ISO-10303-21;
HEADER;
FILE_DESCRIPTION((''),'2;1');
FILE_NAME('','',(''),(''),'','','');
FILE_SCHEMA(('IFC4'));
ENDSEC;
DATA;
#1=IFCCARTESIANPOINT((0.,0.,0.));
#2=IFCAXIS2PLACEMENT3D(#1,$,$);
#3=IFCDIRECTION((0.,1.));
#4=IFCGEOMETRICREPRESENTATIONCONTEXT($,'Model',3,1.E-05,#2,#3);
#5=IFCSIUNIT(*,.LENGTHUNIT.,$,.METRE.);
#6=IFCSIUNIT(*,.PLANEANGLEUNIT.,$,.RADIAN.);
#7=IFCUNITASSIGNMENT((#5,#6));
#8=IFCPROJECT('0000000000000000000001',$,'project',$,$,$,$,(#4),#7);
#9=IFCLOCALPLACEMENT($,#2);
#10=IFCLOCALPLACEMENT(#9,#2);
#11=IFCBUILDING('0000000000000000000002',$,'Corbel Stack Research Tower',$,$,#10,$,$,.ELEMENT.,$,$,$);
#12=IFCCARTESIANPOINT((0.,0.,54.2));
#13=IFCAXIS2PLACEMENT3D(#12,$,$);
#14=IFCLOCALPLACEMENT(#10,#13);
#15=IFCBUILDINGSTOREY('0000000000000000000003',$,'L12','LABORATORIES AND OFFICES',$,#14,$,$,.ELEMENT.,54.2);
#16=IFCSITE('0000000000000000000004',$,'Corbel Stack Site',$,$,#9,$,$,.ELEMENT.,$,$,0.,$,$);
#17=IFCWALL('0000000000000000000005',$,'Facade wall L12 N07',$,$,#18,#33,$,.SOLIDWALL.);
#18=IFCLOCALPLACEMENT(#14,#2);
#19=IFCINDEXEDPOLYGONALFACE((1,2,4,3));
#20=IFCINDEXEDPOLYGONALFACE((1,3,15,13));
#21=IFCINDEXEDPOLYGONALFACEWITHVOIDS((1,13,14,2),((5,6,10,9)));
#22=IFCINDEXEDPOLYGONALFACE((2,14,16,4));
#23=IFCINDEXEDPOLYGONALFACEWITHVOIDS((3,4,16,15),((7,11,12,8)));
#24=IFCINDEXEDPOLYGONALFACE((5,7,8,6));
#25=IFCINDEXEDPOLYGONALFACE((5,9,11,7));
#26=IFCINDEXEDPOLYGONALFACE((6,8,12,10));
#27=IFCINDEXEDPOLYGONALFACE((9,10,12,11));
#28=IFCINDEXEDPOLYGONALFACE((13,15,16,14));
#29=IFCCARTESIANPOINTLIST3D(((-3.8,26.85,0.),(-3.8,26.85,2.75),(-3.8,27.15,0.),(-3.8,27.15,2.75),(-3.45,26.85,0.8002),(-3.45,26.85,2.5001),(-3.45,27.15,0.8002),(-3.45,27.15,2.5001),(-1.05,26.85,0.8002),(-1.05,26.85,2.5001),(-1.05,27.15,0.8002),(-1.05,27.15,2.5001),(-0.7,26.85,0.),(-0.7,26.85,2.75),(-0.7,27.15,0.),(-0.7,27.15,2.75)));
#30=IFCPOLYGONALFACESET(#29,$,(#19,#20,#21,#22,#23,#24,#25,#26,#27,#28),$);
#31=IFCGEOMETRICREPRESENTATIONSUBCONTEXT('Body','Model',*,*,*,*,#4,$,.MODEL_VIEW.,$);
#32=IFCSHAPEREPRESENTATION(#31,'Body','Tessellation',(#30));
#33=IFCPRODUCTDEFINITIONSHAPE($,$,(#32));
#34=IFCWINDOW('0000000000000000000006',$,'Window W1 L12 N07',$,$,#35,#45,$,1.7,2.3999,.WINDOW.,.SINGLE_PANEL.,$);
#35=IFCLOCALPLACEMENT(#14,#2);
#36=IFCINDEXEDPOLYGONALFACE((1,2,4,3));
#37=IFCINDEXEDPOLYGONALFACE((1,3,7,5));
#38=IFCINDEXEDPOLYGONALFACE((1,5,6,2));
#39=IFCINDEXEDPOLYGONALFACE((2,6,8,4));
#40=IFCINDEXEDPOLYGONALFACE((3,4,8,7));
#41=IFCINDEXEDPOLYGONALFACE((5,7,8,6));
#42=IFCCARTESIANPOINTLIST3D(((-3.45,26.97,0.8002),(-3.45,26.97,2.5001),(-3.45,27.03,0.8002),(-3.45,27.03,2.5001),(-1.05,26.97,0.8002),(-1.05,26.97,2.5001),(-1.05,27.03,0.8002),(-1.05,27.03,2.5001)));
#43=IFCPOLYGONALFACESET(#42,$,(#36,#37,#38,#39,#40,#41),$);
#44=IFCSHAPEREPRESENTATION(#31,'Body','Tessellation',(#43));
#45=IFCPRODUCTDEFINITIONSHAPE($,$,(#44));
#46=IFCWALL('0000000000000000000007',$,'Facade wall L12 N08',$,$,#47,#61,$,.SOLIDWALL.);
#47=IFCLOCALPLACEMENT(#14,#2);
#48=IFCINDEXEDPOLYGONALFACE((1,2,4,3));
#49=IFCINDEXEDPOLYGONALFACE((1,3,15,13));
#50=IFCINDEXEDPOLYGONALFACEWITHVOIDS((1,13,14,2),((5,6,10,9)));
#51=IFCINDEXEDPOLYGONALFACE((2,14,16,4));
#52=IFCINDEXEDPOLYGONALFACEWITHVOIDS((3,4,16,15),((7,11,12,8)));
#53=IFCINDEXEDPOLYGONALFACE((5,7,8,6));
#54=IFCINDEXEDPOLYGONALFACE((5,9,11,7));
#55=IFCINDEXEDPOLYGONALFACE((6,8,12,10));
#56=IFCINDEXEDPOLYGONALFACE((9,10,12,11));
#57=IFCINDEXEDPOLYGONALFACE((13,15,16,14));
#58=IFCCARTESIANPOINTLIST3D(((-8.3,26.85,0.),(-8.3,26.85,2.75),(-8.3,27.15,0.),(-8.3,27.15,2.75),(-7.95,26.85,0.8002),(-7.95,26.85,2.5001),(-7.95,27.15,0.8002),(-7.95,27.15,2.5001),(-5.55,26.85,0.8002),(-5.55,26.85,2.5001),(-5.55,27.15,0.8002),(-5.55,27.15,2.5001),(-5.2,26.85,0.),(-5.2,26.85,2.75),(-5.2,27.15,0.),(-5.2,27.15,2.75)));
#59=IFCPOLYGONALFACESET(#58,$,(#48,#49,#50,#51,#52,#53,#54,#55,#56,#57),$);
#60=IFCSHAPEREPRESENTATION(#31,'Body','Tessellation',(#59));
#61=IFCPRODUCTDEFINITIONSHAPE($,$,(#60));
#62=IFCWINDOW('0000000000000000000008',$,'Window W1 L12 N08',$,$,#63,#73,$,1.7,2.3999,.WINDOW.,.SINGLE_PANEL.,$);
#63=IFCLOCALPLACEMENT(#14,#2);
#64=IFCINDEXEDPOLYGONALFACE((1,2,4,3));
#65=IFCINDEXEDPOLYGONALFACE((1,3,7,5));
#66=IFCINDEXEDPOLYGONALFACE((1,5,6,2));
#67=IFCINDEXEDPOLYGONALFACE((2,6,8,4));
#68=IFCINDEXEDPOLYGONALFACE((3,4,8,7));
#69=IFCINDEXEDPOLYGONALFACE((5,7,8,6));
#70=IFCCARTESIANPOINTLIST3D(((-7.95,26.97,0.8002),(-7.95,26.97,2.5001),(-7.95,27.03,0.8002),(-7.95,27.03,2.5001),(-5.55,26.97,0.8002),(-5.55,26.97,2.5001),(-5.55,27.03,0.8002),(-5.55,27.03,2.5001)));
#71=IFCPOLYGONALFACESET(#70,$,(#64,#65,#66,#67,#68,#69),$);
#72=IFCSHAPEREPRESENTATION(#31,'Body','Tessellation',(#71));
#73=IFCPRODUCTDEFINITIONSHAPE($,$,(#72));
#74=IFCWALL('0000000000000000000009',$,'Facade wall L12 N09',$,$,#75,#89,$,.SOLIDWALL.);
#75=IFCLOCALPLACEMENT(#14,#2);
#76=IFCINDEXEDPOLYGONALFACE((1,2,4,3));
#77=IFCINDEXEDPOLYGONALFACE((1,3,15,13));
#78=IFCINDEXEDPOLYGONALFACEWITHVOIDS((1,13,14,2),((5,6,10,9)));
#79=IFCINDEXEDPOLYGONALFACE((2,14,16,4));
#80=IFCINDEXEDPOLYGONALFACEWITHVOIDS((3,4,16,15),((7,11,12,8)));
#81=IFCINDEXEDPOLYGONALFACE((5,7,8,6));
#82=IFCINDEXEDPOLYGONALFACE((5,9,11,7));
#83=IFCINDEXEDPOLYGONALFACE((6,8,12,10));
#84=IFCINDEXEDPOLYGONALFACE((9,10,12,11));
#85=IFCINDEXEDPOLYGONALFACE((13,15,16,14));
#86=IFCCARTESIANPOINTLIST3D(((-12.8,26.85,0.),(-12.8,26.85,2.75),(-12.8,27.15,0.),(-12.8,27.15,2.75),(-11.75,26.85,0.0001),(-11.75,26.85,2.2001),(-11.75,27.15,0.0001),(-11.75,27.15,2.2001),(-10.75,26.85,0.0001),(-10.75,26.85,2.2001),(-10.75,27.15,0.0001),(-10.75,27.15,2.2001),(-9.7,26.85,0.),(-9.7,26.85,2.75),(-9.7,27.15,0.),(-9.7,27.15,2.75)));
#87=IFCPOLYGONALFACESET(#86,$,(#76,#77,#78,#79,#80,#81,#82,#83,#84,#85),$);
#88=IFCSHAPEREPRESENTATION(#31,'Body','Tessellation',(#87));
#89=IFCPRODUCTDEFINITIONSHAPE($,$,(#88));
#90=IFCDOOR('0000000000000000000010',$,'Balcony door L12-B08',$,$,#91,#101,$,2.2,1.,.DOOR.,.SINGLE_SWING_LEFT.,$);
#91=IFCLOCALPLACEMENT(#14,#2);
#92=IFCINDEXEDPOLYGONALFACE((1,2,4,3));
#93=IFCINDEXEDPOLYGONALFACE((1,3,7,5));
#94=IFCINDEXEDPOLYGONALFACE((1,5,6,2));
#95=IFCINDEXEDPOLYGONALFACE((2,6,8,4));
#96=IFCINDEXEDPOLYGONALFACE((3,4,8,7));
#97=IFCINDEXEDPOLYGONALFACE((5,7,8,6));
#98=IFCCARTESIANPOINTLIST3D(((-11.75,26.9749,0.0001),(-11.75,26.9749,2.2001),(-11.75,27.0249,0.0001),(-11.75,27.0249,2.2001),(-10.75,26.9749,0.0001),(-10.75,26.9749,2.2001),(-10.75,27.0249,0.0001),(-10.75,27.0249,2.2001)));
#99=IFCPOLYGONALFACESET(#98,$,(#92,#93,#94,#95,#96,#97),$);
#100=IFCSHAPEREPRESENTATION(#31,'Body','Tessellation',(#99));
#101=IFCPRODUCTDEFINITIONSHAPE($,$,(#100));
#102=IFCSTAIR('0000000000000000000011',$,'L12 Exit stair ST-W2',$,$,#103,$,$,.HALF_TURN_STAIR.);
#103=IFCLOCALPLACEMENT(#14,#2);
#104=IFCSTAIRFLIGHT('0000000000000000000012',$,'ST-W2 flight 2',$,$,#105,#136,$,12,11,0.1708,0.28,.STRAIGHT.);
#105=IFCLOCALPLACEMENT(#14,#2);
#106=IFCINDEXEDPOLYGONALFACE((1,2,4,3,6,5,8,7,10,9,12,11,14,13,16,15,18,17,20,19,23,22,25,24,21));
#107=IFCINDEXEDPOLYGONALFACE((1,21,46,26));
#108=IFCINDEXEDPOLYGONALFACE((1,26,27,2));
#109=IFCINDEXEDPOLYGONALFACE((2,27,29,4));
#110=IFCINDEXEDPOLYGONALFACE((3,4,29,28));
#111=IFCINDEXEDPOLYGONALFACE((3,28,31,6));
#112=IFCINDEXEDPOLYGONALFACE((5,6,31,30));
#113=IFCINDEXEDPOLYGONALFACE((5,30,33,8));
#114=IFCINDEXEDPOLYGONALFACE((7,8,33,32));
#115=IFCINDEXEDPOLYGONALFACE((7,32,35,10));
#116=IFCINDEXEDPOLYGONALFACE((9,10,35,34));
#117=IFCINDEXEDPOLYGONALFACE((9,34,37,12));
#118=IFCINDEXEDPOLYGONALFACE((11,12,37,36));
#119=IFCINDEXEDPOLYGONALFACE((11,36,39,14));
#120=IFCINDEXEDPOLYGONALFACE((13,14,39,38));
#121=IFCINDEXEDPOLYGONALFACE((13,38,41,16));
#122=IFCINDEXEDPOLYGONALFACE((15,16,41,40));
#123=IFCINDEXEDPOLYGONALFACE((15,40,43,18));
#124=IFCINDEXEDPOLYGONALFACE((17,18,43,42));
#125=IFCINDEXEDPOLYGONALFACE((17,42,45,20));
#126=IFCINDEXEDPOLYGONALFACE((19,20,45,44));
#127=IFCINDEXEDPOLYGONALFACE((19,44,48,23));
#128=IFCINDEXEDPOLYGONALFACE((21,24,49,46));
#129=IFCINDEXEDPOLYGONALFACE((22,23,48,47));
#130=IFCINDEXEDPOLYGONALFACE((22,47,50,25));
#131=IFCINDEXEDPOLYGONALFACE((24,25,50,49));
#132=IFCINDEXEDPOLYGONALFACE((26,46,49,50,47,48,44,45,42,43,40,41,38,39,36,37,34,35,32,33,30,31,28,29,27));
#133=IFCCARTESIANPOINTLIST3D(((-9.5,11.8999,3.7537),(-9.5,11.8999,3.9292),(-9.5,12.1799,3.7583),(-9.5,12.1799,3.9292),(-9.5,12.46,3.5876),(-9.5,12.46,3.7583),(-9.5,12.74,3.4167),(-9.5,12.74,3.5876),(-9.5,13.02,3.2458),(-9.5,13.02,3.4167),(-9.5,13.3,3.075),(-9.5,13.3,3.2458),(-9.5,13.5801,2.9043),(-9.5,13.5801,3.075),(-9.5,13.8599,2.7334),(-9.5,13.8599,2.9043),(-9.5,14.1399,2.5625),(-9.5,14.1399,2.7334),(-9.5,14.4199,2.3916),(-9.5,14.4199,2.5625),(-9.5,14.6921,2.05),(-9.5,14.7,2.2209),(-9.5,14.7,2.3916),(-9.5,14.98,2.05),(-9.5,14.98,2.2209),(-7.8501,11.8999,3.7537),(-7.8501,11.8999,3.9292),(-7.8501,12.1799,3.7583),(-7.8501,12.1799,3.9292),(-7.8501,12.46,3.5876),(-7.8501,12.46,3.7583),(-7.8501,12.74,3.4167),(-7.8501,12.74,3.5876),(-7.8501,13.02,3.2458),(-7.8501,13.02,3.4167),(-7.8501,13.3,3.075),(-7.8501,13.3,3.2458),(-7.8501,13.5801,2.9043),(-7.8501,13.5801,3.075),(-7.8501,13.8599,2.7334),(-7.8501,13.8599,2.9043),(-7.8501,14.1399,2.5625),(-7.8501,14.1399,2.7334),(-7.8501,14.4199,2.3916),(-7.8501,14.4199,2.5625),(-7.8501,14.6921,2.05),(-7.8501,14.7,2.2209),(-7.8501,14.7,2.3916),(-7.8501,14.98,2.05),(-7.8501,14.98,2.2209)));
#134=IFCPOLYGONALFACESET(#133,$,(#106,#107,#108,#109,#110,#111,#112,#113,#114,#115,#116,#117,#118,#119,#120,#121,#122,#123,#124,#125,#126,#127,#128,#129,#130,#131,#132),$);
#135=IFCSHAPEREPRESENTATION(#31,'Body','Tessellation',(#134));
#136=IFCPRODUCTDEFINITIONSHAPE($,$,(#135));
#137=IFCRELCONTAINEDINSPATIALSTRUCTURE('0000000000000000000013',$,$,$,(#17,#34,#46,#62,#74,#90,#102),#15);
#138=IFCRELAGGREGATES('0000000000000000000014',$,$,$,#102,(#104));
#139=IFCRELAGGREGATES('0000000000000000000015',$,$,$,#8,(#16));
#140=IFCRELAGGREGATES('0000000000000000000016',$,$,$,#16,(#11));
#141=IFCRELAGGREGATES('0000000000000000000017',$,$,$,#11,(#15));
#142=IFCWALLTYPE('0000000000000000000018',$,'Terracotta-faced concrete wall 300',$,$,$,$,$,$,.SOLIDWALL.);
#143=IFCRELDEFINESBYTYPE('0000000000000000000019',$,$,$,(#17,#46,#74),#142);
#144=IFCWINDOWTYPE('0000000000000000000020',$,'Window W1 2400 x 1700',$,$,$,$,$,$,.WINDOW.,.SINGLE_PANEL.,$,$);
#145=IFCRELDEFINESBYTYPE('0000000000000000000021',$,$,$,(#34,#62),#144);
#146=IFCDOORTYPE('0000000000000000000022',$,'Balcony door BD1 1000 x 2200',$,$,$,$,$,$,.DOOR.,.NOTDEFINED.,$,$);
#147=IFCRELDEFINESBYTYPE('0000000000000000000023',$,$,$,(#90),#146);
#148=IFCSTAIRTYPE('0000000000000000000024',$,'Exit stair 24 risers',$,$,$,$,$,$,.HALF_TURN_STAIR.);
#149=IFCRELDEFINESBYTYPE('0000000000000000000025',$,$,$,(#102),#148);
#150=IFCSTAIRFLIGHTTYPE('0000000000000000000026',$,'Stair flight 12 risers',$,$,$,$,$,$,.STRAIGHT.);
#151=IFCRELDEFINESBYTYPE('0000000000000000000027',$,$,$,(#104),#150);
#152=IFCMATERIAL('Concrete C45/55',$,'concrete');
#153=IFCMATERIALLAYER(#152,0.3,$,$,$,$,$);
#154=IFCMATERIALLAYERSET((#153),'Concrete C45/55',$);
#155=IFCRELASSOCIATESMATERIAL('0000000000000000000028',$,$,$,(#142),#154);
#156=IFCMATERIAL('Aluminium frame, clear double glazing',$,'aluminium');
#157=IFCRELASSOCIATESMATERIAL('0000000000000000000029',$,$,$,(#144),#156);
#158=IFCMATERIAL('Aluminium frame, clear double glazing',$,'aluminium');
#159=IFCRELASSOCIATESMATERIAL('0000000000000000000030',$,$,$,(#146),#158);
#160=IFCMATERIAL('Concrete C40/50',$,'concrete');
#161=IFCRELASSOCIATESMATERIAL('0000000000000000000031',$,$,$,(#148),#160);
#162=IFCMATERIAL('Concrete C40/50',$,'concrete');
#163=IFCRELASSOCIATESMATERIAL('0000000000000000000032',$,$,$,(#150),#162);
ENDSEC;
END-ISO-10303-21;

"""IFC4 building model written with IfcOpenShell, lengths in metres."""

from ifc_helpers import new_model, si_unit, direction, frame, frame_2d, origin, place, context, subcontext, project, spatial, polyline, rectangle, outline, extrude, material, layer, layer_set, type_object, element, fill, aggregate, save


model = new_model("IFC4")

# Units and contexts
model_context = context("Model", 3, precision=1e-05, world=origin(), true_north=direction((0.0, 1.0)))
body_context = subcontext(model_context, "Body", "Model", "MODEL_VIEW")
ifc_project = project(units=[si_unit("LENGTHUNIT", "METRE"), si_unit("PLANEANGLEUNIT", "RADIAN")], contexts=[model_context])

# Site, building, storey
site_placement = place(None, origin())
site = spatial("IfcSite", under=ifc_project, at=site_placement, Name="Corbel Stack Site", CompositionType="ELEMENT", RefElevation=0.0)
building_placement = place(site_placement, origin())
building = spatial("IfcBuilding", under=site, at=building_placement, Name="Corbel Stack Research Tower", CompositionType="ELEMENT")
storey_placement = place(building_placement, frame((0.0, 0.0, 54.2)))
storey = spatial("IfcBuildingStorey", under=building, at=storey_placement, Name="L12", Description="LABORATORIES AND OFFICES", CompositionType="ELEMENT", Elevation=54.2)

# Walls, openings, windows
ifc_material_1 = material(Name="Concrete C45/55", Category="concrete")
ifc_layer_1 = layer(ifc_material_1, 0.3)
ifc_layer_set_1 = layer_set([ifc_layer_1], Name="Concrete C45/55")
wall_type_1 = type_object("IfcWallType", Name="Terracotta-faced concrete wall 300", PredefinedType="SOLIDWALL", material=ifc_layer_set_1)
wall_1_placement = place(storey_placement, frame((-3.8, 27.0, 0.0), z_axis=(0.0, 0.0, 1.0), x_axis=(1.0, 0.0, 0.0)))
wall_1 = element("IfcWall", 1, at=wall_1_placement, inside=storey, type_object=wall_type_1, Name="Facade wall L12 N07", PredefinedType="SOLIDWALL", context=body_context, shape_type="SweptSolid", body=[
    extrude(rectangle(XDim=3.1001, YDim=0.3, at=frame_2d((1.55, 0.0))), origin(), (0.0, 0.0, 1.0), 2.75),
])
opening_1_placement = place(wall_1_placement, frame((0.3501, 0.0, 0.8)))
opening_1 = element("IfcOpeningElement", 2, at=opening_1_placement, cuts=wall_1, PredefinedType="OPENING", context=body_context, shape_type="SweptSolid", body=[
    extrude(rectangle(XDim=2.3999, YDim=1.7, at=frame_2d((1.2, 0.8501))), frame((0.0, 0.1599, 0.0), z_axis=(0.0, -1.0, 0.0), x_axis=(1.0, 0.0, 0.0)), (0.0, 0.0, 1.0), 0.3201),
])
ifc_material_2 = material(Name="Aluminium frame, clear double glazing", Category="aluminium")
window_type = type_object("IfcWindowType", Name="Window W1 2400 x 1700", PartitioningType="SINGLE_PANEL", PredefinedType="WINDOW", material=ifc_material_2)
window_1_placement = place(opening_1_placement, origin())
window_1 = element("IfcWindow", 3, at=window_1_placement, inside=storey, type_object=window_type, Name="Window W1 L12 N07", OverallHeight=1.7, OverallWidth=2.3999, PartitioningType="SINGLE_PANEL", PredefinedType="WINDOW", context=body_context, shape_type="SweptSolid", body=[
    extrude(rectangle(XDim=2.3999, YDim=1.7, at=frame_2d((1.2, 0.8501))), frame((0.0, 0.03, 0.0), z_axis=(0.0, -1.0, 0.0), x_axis=(1.0, 0.0, 0.0)), (0.0, 0.0, 1.0), 0.0601),
])
fill(opening_1, window_1)
wall_2_placement = place(storey_placement, frame((-8.3, 27.0, 0.0), z_axis=(0.0, 0.0, 1.0), x_axis=(1.0, 0.0, 0.0)))
wall_2 = element("IfcWall", 4, at=wall_2_placement, inside=storey, type_object=wall_type_1, Name="Facade wall L12 N08", PredefinedType="SOLIDWALL", context=body_context, shape_type="SweptSolid", body=[
    extrude(rectangle(XDim=3.1001, YDim=0.3, at=frame_2d((1.55, 0.0))), origin(), (0.0, 0.0, 1.0), 2.75),
])
opening_2_placement = place(wall_2_placement, frame((0.3501, 0.0, 0.8)))
opening_2 = element("IfcOpeningElement", 5, at=opening_2_placement, cuts=wall_2, PredefinedType="OPENING", context=body_context, shape_type="SweptSolid", body=[
    extrude(rectangle(XDim=2.3999, YDim=1.7, at=frame_2d((1.2, 0.8501))), frame((0.0, 0.1599, 0.0), z_axis=(0.0, -1.0, 0.0), x_axis=(1.0, 0.0, 0.0)), (0.0, 0.0, 1.0), 0.3201),
])
window_2_placement = place(opening_2_placement, origin())
window_2 = element("IfcWindow", 6, at=window_2_placement, inside=storey, type_object=window_type, Name="Window W1 L12 N08", OverallHeight=1.7, OverallWidth=2.3999, PartitioningType="SINGLE_PANEL", PredefinedType="WINDOW", context=body_context, shape_type="SweptSolid", body=[
    extrude(rectangle(XDim=2.3999, YDim=1.7, at=frame_2d((1.2, 0.8501))), frame((0.0, 0.03, 0.0), z_axis=(0.0, -1.0, 0.0), x_axis=(1.0, 0.0, 0.0)), (0.0, 0.0, 1.0), 0.0601),
])
fill(opening_2, window_2)

# Wall, opening, door
wall_3_placement = place(storey_placement, frame((-12.8, 27.0, 0.0), z_axis=(0.0, 0.0, 1.0), x_axis=(1.0, 0.0, 0.0)))
wall_3 = element("IfcWall", 7, at=wall_3_placement, inside=storey, type_object=wall_type_1, Name="Facade wall L12 N09", PredefinedType="SOLIDWALL", context=body_context, shape_type="SweptSolid", body=[
    extrude(rectangle(XDim=3.1001, YDim=0.3, at=frame_2d((1.55, 0.0))), origin(), (0.0, 0.0, 1.0), 2.75),
])
opening_3_placement = place(wall_3_placement, frame((1.05, 0.0, 0.0)))
opening_3 = element("IfcOpeningElement", 8, at=opening_3_placement, cuts=wall_3, PredefinedType="OPENING", context=body_context, shape_type="SweptSolid", body=[
    extrude(rectangle(XDim=1.0, YDim=2.2, at=frame_2d((0.5, 1.1001))), frame((0.0, 0.1599, 0.0), z_axis=(0.0, -1.0, 0.0), x_axis=(1.0, 0.0, 0.0)), (0.0, 0.0, 1.0), 0.3201),
])
ifc_material_3 = material(Name="Aluminium frame, clear double glazing", Category="aluminium")
door_type_1 = type_object("IfcDoorType", Name="Balcony door BD1 1000 x 2200", OperationType="NOTDEFINED", PredefinedType="DOOR", material=ifc_material_3)
door_1_placement = place(opening_3_placement, origin())
door_1 = element("IfcDoor", 9, at=door_1_placement, inside=storey, type_object=door_type_1, Name="Balcony door L12-B08", OperationType="SINGLE_SWING_LEFT", OverallHeight=2.2, OverallWidth=1.0, PredefinedType="DOOR", context=body_context, shape_type="SweptSolid", body=[
    extrude(rectangle(XDim=1.0, YDim=2.2, at=frame_2d((0.5, 1.1001))), frame((0.0, 0.0249, 0.0), z_axis=(0.0, -1.0, 0.0), x_axis=(1.0, 0.0, 0.0)), (0.0, 0.0, 1.0), 0.05),
])
fill(opening_3, door_1)

# Stair, stair flight
ifc_material_4 = material(Name="Concrete C40/50", Category="concrete")
stair_type = type_object("IfcStairType", Name="Exit stair 24 risers", PredefinedType="HALF_TURN_STAIR", material=ifc_material_4)
stair_placement = place(storey_placement, origin())
stair = element("IfcStair", 10, at=stair_placement, inside=storey, type_object=stair_type, Name="L12 Exit stair ST-W2", PredefinedType="HALF_TURN_STAIR")
ifc_material_5 = material(Name="Concrete C40/50", Category="concrete")
stair_flight_type = type_object("IfcStairFlightType", Name="Stair flight 12 risers", PredefinedType="STRAIGHT", material=ifc_material_5)
stair_flight_placement = place(storey_placement, frame((-8.675, 14.98, 2.05), z_axis=(0.0, 0.0, 1.0), x_axis=(0.0, -1.0, 0.0)))
stair_flight = element("IfcStairFlight", 11, at=stair_flight_placement, type_object=stair_flight_type, Name="ST-W2 flight 2", NumberOfRisers=12, NumberOfTreads=11, PredefinedType="STRAIGHT", RiserHeight=0.1708, TreadLength=0.28, context=body_context, shape_type="SweptSolid", body=[
    extrude(outline(polyline([(0.0, 0.0), (0.0, 0.1709), (0.28, 0.1709), (0.28, 0.3416), (0.5601, 0.3416), (0.5601, 0.5125), (0.8401, 0.5125), (0.8401, 0.6833), (1.1201, 0.6833), (1.1201, 0.8542), (1.3999, 0.8542), (1.3999, 1.0249), (1.6799, 1.0249), (1.6799, 1.1958), (1.96, 1.1958), (1.96, 1.3667), (2.24, 1.3667), (2.24, 1.5376), (2.52, 1.5376), (2.52, 1.7083), (2.8, 1.7083), (2.8, 1.8792), (3.0801, 1.8792), (3.0801, 2.05), (3.0801, 1.7036), (0.2878, 0.0), (0.0, 0.0)])), frame((0.0, 0.825, 0.0), z_axis=(0.0, -1.0, 0.0), x_axis=(1.0, 0.0, 0.0)), (0.0, 0.0, 1.0), 1.6499),
])
aggregate(stair, [stair_flight])

save(model, "model.ifc")
